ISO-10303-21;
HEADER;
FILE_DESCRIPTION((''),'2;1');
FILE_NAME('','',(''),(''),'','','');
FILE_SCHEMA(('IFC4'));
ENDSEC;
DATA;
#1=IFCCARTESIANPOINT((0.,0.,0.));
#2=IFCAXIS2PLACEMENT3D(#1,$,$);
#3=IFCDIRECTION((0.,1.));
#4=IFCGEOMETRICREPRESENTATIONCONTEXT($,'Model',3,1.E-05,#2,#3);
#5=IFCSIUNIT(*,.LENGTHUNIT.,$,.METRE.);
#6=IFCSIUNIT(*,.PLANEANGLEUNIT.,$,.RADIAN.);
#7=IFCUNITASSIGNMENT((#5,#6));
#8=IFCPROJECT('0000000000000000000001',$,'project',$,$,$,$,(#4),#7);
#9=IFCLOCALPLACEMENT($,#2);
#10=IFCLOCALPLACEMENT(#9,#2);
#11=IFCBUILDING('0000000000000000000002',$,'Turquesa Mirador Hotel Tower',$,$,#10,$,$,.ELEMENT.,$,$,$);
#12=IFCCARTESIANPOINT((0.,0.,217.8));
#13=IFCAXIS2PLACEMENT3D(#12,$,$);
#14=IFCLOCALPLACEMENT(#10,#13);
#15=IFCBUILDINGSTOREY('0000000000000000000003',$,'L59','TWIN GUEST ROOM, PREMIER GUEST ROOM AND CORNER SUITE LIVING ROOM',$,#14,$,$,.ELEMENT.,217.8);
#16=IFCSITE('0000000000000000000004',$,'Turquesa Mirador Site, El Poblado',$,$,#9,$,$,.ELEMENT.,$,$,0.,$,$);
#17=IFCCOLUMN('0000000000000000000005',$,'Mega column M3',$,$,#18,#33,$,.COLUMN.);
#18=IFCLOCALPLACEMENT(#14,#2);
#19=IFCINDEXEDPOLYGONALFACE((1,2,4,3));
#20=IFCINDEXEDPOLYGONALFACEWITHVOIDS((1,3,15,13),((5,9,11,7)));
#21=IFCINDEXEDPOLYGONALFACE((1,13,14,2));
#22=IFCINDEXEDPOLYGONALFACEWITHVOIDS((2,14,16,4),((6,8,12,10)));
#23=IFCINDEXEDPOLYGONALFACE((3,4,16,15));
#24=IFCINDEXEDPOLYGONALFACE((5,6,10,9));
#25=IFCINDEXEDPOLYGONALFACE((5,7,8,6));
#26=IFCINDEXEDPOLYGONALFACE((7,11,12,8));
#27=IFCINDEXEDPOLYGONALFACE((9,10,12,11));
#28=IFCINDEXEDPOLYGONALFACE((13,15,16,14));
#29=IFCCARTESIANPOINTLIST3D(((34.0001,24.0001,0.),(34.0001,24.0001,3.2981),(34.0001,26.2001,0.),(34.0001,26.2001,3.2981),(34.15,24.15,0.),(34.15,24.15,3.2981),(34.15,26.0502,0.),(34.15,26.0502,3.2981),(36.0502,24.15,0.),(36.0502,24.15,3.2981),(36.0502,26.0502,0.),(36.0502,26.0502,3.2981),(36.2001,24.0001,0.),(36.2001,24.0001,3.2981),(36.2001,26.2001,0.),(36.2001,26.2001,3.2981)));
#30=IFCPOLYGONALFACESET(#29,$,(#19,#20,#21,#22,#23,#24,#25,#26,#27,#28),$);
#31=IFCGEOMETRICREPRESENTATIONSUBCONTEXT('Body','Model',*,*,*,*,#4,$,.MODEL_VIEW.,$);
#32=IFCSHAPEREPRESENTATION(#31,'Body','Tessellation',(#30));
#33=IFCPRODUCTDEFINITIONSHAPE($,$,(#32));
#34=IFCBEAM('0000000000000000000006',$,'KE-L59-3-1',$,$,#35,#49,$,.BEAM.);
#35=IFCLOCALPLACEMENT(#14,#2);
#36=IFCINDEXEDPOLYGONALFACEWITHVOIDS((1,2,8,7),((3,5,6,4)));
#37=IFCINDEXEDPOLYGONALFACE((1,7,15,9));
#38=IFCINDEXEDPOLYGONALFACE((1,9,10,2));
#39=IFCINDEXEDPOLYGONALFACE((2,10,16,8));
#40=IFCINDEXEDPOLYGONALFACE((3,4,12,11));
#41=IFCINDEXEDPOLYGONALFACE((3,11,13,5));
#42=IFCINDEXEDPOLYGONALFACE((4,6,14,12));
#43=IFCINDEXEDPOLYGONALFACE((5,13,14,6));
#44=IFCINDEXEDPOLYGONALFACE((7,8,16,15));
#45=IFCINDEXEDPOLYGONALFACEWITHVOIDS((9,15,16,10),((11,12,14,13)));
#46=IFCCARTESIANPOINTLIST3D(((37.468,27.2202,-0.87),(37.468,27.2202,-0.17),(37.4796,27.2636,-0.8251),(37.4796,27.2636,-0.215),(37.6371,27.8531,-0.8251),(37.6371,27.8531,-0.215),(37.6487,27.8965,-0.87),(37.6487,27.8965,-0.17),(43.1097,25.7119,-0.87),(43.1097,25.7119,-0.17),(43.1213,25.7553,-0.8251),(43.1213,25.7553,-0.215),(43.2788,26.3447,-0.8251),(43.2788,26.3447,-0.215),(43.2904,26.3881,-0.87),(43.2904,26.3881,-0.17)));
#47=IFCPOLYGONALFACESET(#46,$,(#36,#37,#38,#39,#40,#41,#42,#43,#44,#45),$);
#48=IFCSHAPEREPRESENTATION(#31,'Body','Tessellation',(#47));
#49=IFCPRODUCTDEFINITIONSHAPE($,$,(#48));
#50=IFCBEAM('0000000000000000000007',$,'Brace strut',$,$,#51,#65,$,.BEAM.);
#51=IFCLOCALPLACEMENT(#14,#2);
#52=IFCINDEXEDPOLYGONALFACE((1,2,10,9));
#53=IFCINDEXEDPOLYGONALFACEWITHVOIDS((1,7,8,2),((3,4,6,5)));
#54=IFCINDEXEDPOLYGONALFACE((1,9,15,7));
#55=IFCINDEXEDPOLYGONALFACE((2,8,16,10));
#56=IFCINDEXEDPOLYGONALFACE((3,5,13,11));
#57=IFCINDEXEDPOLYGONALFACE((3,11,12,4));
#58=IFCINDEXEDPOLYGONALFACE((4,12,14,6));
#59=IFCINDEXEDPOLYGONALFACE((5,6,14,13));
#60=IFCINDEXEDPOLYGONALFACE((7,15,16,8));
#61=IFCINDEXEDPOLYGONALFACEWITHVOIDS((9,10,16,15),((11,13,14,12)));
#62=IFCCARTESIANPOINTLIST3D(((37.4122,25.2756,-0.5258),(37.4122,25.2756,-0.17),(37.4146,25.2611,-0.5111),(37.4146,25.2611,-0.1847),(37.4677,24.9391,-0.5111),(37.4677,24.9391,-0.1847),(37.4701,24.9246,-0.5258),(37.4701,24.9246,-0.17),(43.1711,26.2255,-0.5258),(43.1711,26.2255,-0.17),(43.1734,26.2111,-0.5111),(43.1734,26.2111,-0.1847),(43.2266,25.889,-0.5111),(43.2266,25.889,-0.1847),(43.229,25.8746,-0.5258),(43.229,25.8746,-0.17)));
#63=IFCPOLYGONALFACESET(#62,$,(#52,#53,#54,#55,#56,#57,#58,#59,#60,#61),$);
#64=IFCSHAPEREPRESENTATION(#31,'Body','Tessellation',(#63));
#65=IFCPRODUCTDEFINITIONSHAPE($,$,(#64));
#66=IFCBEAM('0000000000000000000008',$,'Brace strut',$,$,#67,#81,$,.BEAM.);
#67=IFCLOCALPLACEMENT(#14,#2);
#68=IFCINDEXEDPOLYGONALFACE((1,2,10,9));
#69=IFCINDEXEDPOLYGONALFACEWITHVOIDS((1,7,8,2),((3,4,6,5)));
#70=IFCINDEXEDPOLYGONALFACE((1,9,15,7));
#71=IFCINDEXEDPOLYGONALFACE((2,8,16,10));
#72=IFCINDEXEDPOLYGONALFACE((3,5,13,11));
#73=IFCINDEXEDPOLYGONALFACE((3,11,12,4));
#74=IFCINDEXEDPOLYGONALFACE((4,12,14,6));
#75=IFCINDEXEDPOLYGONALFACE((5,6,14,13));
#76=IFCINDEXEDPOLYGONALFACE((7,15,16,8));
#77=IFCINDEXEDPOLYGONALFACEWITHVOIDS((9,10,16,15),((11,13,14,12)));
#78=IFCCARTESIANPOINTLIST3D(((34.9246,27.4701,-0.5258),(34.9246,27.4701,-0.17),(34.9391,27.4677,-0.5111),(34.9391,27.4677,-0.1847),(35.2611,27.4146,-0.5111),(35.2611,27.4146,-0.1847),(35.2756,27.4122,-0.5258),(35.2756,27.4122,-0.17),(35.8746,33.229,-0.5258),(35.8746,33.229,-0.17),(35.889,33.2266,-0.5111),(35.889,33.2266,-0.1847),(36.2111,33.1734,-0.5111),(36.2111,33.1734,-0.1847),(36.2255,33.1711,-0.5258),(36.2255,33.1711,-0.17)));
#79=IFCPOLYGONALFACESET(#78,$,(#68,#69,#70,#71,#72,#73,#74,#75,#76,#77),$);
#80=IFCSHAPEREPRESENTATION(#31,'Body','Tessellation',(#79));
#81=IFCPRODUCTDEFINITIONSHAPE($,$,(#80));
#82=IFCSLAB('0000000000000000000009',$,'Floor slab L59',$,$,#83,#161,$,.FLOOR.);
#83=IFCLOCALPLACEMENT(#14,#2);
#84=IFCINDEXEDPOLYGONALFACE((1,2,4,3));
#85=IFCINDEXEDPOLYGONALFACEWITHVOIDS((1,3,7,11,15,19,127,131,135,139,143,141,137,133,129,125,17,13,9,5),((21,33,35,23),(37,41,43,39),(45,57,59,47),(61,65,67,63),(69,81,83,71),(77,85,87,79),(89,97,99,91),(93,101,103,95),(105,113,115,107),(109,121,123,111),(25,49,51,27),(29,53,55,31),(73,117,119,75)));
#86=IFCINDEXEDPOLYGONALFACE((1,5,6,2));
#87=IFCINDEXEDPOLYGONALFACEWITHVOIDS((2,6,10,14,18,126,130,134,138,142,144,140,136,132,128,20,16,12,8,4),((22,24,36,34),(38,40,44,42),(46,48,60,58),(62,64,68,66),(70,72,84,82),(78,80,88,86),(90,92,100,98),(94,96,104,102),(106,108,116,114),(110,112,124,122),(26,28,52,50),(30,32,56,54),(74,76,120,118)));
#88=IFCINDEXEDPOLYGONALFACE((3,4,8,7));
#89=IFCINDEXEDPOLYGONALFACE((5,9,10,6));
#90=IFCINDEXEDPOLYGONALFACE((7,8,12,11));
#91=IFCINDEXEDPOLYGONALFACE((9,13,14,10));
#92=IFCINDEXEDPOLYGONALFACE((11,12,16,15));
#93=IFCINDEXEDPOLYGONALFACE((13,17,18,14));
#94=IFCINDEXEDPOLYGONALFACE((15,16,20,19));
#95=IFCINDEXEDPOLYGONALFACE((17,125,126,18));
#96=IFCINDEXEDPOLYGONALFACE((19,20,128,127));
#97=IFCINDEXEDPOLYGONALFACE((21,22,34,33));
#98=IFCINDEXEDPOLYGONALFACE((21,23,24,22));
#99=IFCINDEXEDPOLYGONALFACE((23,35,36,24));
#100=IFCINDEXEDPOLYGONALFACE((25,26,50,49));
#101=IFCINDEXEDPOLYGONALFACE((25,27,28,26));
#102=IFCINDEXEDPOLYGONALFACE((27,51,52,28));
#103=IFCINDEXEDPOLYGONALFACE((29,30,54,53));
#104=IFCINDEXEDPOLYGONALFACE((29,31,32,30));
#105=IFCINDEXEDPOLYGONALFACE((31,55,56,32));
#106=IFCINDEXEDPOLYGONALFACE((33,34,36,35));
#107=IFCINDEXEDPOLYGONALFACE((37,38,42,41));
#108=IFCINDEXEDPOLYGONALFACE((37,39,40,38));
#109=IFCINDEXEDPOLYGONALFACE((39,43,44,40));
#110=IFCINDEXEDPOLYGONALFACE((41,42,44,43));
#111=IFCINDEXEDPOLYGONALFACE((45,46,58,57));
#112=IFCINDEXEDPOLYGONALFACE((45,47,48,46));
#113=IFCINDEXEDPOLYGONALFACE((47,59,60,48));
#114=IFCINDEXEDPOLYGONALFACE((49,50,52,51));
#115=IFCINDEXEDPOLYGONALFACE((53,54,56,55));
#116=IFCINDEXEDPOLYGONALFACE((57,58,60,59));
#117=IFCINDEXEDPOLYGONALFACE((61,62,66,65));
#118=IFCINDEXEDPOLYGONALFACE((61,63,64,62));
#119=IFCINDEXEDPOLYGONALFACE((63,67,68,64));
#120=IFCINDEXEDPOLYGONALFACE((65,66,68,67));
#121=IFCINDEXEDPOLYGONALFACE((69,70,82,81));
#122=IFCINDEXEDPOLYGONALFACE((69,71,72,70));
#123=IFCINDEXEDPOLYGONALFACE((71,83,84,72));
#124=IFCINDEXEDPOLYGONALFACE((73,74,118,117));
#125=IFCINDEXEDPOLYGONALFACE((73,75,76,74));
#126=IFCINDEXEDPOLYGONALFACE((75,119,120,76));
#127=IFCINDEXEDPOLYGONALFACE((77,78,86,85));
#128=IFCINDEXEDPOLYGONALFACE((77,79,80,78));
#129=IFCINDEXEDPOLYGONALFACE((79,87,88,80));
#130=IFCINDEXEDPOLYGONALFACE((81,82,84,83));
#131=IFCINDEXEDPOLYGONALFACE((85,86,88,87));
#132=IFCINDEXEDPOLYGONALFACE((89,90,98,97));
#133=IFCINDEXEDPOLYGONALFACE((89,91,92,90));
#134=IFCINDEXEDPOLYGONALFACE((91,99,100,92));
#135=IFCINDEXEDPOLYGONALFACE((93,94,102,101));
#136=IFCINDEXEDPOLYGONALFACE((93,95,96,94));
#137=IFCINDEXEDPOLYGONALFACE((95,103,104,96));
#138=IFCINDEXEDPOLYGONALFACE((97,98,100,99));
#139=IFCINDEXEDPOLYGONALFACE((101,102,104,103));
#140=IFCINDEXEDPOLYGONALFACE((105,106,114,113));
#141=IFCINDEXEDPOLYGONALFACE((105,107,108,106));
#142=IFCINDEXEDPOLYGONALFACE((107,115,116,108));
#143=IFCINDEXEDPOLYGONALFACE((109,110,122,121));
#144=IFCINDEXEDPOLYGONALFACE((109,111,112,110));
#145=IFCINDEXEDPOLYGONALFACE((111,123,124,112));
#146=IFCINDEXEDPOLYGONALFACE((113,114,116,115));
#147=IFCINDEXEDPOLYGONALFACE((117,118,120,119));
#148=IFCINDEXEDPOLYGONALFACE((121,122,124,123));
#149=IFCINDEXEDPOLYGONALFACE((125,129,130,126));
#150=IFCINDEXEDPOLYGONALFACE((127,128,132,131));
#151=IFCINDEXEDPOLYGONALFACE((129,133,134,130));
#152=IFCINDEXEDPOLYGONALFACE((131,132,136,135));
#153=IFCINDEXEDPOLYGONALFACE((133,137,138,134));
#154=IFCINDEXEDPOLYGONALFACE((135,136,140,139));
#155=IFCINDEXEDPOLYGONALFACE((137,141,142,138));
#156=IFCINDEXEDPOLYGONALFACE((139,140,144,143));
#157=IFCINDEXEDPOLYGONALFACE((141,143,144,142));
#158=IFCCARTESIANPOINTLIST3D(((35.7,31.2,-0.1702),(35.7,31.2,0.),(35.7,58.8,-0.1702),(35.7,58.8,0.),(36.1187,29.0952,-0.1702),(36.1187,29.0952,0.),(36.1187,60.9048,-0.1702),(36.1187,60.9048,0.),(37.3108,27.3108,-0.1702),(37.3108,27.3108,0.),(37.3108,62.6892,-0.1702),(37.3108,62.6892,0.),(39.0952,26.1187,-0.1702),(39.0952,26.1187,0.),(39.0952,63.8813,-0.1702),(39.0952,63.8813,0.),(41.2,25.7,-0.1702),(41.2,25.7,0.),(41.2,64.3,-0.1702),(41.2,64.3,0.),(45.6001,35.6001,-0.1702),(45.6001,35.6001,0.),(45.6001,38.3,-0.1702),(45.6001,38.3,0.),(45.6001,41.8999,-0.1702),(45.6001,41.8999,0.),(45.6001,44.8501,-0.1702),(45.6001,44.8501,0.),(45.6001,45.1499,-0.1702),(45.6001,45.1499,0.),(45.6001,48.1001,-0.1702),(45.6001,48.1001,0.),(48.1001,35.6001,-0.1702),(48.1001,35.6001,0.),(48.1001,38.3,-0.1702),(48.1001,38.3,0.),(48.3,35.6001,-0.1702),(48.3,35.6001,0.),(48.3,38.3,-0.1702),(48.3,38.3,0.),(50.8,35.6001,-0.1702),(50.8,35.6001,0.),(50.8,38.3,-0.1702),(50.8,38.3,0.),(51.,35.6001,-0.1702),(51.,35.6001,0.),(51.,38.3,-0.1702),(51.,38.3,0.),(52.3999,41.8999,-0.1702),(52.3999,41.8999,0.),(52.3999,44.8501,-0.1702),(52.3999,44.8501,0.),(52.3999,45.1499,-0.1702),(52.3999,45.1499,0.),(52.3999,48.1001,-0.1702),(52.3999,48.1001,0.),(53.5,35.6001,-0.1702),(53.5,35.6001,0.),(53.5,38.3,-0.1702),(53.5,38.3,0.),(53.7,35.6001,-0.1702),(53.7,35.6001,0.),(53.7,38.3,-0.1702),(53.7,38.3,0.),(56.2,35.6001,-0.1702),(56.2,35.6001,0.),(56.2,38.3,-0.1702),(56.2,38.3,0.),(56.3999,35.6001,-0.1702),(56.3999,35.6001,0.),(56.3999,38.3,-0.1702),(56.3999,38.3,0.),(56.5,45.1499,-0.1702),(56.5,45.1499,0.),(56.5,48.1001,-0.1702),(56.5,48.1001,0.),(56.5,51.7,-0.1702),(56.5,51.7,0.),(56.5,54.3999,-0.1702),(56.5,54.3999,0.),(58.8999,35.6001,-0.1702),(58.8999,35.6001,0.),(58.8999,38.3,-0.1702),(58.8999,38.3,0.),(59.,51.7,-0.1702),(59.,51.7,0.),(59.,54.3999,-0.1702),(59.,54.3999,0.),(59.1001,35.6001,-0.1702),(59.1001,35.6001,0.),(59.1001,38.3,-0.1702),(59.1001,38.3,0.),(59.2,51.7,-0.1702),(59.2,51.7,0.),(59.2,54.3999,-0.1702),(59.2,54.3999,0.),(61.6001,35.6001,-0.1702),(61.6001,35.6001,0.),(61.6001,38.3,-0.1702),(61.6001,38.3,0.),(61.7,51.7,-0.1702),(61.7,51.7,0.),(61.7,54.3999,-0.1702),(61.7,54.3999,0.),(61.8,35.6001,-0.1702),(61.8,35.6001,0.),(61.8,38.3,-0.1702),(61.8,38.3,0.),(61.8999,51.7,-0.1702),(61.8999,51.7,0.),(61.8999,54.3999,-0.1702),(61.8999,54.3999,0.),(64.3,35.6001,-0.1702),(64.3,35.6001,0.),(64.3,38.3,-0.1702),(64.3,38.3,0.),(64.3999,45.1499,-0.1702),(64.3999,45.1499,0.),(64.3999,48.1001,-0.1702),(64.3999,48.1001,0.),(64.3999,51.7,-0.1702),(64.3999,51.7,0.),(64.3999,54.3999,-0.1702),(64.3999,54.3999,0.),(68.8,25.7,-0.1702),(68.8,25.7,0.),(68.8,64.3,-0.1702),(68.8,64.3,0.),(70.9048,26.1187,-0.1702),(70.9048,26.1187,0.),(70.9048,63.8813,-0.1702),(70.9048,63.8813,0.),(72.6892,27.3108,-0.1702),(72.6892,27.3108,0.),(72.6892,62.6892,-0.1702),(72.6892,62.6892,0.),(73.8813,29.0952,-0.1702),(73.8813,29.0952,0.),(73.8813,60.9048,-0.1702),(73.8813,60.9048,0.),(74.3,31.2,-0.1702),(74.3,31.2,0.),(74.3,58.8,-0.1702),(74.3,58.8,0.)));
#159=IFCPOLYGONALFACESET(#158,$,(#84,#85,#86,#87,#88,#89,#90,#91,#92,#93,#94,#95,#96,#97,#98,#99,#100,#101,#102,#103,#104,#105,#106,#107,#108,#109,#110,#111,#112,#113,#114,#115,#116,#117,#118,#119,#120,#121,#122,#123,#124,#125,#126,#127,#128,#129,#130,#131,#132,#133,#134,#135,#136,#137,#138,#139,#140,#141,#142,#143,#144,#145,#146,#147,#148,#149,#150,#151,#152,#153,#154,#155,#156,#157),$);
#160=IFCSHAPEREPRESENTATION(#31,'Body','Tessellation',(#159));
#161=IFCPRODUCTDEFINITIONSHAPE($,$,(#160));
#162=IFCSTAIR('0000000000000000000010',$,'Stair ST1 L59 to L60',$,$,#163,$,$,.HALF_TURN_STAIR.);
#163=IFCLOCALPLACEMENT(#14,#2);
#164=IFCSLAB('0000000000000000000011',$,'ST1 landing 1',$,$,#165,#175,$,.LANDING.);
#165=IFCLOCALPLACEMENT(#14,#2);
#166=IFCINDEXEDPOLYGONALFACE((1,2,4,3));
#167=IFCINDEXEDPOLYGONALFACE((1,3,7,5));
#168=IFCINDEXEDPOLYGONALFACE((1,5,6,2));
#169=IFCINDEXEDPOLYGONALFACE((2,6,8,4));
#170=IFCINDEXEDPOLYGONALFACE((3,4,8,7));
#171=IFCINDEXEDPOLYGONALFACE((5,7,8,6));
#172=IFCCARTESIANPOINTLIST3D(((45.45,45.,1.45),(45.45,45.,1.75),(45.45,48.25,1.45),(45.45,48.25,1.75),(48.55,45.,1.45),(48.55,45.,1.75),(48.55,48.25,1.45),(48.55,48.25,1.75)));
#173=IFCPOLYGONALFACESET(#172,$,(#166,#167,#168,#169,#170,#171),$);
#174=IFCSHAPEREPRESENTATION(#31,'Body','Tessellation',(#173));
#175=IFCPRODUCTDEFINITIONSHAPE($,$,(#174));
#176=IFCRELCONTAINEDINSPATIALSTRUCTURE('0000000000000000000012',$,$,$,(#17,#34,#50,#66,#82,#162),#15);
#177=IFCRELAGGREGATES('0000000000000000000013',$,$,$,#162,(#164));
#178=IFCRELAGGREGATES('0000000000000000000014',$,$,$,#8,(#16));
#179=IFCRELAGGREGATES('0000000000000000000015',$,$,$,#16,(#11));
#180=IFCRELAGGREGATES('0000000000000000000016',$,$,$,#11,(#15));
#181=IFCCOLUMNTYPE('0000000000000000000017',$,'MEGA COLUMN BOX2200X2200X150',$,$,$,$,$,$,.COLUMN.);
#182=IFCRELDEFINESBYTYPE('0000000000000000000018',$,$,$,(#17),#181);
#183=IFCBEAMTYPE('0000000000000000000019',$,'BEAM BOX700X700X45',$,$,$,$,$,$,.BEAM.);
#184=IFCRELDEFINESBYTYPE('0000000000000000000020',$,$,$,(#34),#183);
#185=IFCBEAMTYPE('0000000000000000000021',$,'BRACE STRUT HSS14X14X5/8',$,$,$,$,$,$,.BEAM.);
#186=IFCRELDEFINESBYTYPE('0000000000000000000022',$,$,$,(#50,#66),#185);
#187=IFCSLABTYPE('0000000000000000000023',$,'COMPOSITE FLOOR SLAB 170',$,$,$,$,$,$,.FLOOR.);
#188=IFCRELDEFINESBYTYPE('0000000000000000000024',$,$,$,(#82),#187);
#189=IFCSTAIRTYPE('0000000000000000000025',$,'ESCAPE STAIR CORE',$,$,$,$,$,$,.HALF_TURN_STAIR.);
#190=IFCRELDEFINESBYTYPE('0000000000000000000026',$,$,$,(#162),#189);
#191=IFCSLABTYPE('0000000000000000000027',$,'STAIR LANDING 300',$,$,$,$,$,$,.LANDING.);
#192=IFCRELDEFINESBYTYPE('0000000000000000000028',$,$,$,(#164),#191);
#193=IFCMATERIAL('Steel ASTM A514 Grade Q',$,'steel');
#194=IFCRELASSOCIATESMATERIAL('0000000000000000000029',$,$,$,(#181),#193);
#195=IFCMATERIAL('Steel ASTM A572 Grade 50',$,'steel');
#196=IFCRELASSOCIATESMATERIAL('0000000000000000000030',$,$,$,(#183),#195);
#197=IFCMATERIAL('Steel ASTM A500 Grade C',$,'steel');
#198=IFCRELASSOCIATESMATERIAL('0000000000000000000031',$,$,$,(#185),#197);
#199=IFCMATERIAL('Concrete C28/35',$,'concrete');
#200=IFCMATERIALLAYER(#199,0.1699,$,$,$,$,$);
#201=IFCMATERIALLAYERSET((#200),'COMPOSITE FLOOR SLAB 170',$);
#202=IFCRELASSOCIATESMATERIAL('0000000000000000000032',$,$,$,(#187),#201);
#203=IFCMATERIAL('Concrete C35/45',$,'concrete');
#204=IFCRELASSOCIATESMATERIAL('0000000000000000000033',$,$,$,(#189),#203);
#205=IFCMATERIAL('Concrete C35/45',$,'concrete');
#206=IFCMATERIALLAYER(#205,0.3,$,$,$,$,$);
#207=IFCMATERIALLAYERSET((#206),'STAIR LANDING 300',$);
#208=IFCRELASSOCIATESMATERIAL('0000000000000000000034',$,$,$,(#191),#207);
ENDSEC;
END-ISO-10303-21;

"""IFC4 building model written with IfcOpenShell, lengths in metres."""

from ifc_helpers import new_model, si_unit, direction, frame, origin, origin_2d, place, context, subcontext, project, spatial, polyline, hollow_rectangle, outline, extrude, clip, halfspace, material, layer, layer_set, material_profile, profile_set, type_object, element, aggregate, save


model = new_model("IFC4")

# Units and contexts
model_context = context("Model", 3, precision=1e-05, world=origin(), true_north=direction((0.0, 1.0)))
body_context = subcontext(model_context, "Body", "Model", "MODEL_VIEW")
ifc_project = project(units=[si_unit("LENGTHUNIT", "METRE"), si_unit("PLANEANGLEUNIT", "RADIAN")], contexts=[model_context])

# Site, building, storey
site_placement = place(None, origin())
site = spatial("IfcSite", under=ifc_project, at=site_placement, Name="Turquesa Mirador Site, El Poblado", CompositionType="ELEMENT", RefElevation=0.0)
building_placement = place(site_placement, origin())
building = spatial("IfcBuilding", under=site, at=building_placement, Name="Turquesa Mirador Hotel Tower", CompositionType="ELEMENT")
storey_placement = place(building_placement, frame((0.0, 0.0, 217.8)))
storey = spatial("IfcBuildingStorey", under=building, at=storey_placement, Name="L59", Description="TWIN GUEST ROOM, PREMIER GUEST ROOM AND CORNER SUITE LIVING ROOM", CompositionType="ELEMENT", Elevation=217.8)

# Column
ifc_material_1 = material(Name="Steel ASTM A514 Grade Q", Category="steel")
ifc_material_profile_1 = material_profile(ifc_material_1, hollow_rectangle(XDim=2.2, YDim=2.2, WallThickness=0.1499, at=origin_2d()), Name="BOX2200X2200X150")
ifc_profile_set_1 = profile_set([ifc_material_profile_1], Name="Steel ASTM A514 Grade Q")
column_type = type_object("IfcColumnType", Name="MEGA COLUMN BOX2200X2200X150", PredefinedType="COLUMN", material=ifc_profile_set_1)
column_placement = place(storey_placement, frame((35.1001, 25.1001, 0.0), z_axis=(0.0, 0.0, 1.0), x_axis=(1.0, 0.0, 0.0)))
element("IfcColumn", 1, at=column_placement, inside=storey, type_object=column_type, Name="Mega column M3", PredefinedType="COLUMN", context=body_context, shape_type="Clipping", body=[
    clip(extrude(hollow_rectangle(XDim=2.2, YDim=2.2, WallThickness=0.1499, at=origin_2d()), origin(), (0.0, 0.0, 1.0), 3.5), halfspace(frame((0.0, 0.0, 3.2981), z_axis=(0.0, 0.0, 1.0), x_axis=(1.0, 0.0, 0.0)), False)),
])

# Beams
ifc_material_2 = material(Name="Steel ASTM A572 Grade 50", Category="steel")
ifc_material_profile_2 = material_profile(ifc_material_2, hollow_rectangle(XDim=0.7, YDim=0.7, WallThickness=0.0449, at=origin_2d()), Name="BOX700X700X45")
ifc_profile_set_2 = profile_set([ifc_material_profile_2], Name="Steel ASTM A572 Grade 50")
beam_type_1 = type_object("IfcBeamType", Name="BEAM BOX700X700X45", PredefinedType="BEAM", material=ifc_profile_set_2)
beam_placement = place(storey_placement, frame((37.5583, 27.5583, -0.52), z_axis=(0.96607, -0.258282, 0.0), x_axis=(0.258282, 0.96607, 0.0)))
element("IfcBeam", 2, at=beam_placement, inside=storey, type_object=beam_type_1, Name="KE-L59-3-1", PredefinedType="BEAM", context=body_context, shape_type="SweptSolid", body=[
    extrude(hollow_rectangle(XDim=0.7, YDim=0.7, WallThickness=0.0449, at=origin_2d()), origin(), (0.0, 0.0, 1.0), 5.8398),
])
ifc_material_3 = material(Name="Steel ASTM A500 Grade C", Category="steel")
ifc_material_profile_3 = material_profile(ifc_material_3, hollow_rectangle(XDim=0.3557, YDim=0.3557, WallThickness=0.0146, at=origin_2d()), Name="HSS14X14X5/8")
ifc_profile_set_3 = profile_set([ifc_material_profile_3], Name="Steel ASTM A500 Grade C")
beam_type_2 = type_object("IfcBeamType", Name="BRACE STRUT HSS14X14X5/8", PredefinedType="BEAM", material=ifc_profile_set_3)
for number, where, z_axis, x_axis, name in (
    (3, (37.4412, 25.1001, -0.3479), (0.986666, 0.162757, 0.0), (-0.162757, 0.986666, 0.0), "Brace strut"),
    (4, (35.1001, 27.4412, -0.3479), (0.162757, 0.986666, 0.0), (-0.986666, 0.162757, 0.0), "Brace strut"),
):
    element("IfcBeam", number, at=place(storey_placement, frame(where, z_axis=z_axis, x_axis=x_axis)), inside=storey, type_object=beam_type_2, Name=name, PredefinedType="BEAM", context=body_context, shape_type="SweptSolid", body=[
        extrude(hollow_rectangle(XDim=0.3557, YDim=0.3557, WallThickness=0.0146, at=origin_2d()), origin(), (0.0, 0.0, 1.0), 5.8367),
    ])

# Slab
ifc_material_4 = material(Name="Concrete C28/35", Category="concrete")
ifc_layer_1 = layer(ifc_material_4, 0.1699)
ifc_layer_set_1 = layer_set([ifc_layer_1], Name="COMPOSITE FLOOR SLAB 170")
slab_type_1 = type_object("IfcSlabType", Name="COMPOSITE FLOOR SLAB 170", PredefinedType="FLOOR", material=ifc_layer_set_1)
slab_1_placement = place(storey_placement, frame((0.0, 0.0, -0.1702)))
element("IfcSlab", 5, at=slab_1_placement, inside=storey, type_object=slab_type_1, Name="Floor slab L59", PredefinedType="FLOOR", context=body_context, shape_type="SweptSolid", body=[
    extrude(outline(polyline([(68.8, 25.7), (70.9048, 26.1187), (72.6892, 27.3108), (73.8813, 29.0952), (74.3, 31.2), (74.3, 58.8), (73.8813, 60.9048), (72.6892, 62.6892), (70.9048, 63.8813), (68.8, 64.3), (41.2, 64.3), (39.0952, 63.8813), (37.3108, 62.6892), (36.1187, 60.9048), (35.7, 58.8), (35.7, 31.2), (36.1187, 29.0952), (37.3108, 27.3108), (39.0952, 26.1187), (41.2, 25.7), (68.8, 25.7)]), holes=[polyline([(56.5, 51.7), (59.0, 51.7), (59.0, 54.3999), (56.5, 54.3999), (56.5, 51.7)]), polyline([(59.2, 51.7), (61.7, 51.7), (61.7, 54.3999), (59.2, 54.3999), (59.2, 51.7)]), polyline([(45.6001, 35.6001), (48.1001, 35.6001), (48.1001, 38.3), (45.6001, 38.3), (45.6001, 35.6001)]), polyline([(48.3, 35.6001), (50.8, 35.6001), (50.8, 38.3), (48.3, 38.3), (48.3, 35.6001)]), polyline([(51.0, 35.6001), (53.5, 35.6001), (53.5, 38.3), (51.0, 38.3), (51.0, 35.6001)]), polyline([(53.7, 35.6001), (56.2, 35.6001), (56.2, 38.3), (53.7, 38.3), (53.7, 35.6001)]), polyline([(56.3999, 35.6001), (58.8999, 35.6001), (58.8999, 38.3), (56.3999, 38.3), (56.3999, 35.6001)]), polyline([(59.1001, 35.6001), (61.6001, 35.6001), (61.6001, 38.3), (59.1001, 38.3), (59.1001, 35.6001)]), polyline([(61.8, 35.6001), (64.3, 35.6001), (64.3, 38.3), (61.8, 38.3), (61.8, 35.6001)]), polyline([(45.6001, 45.1499), (52.3999, 45.1499), (52.3999, 48.1001), (45.6001, 48.1001), (45.6001, 45.1499)]), polyline([(45.6001, 41.8999), (52.3999, 41.8999), (52.3999, 44.8501), (45.6001, 44.8501), (45.6001, 41.8999)]), polyline([(56.5, 45.1499), (64.3999, 45.1499), (64.3999, 48.1001), (56.5, 48.1001), (56.5, 45.1499)]), polyline([(61.8999, 51.7), (64.3999, 51.7), (64.3999, 54.3999), (61.8999, 54.3999), (61.8999, 51.7)])]), origin(), (0.0, 0.0, 1.0), 0.1702),
])

# Stair, slab
ifc_material_5 = material(Name="Concrete C35/45", Category="concrete")
stair_type = type_object("IfcStairType", Name="ESCAPE STAIR CORE", PredefinedType="HALF_TURN_STAIR", material=ifc_material_5)
stair_1_placement = place(storey_placement, origin())
stair_1 = element("IfcStair", 6, at=stair_1_placement, inside=storey, type_object=stair_type, Name="Stair ST1 L59 to L60", PredefinedType="HALF_TURN_STAIR")
ifc_material_6 = material(Name="Concrete C35/45", Category="concrete")
ifc_layer_2 = layer(ifc_material_6, 0.3)
ifc_layer_set_2 = layer_set([ifc_layer_2], Name="STAIR LANDING 300")
slab_type_2 = type_object("IfcSlabType", Name="STAIR LANDING 300", PredefinedType="LANDING", material=ifc_layer_set_2)
slab_2_placement = place(storey_placement, frame((0.0, 0.0, 1.45)))
slab_2 = element("IfcSlab", 7, at=slab_2_placement, type_object=slab_type_2, Name="ST1 landing 1", PredefinedType="LANDING", context=body_context, shape_type="SweptSolid", body=[
    extrude(outline(polyline([(45.45, 45.0), (48.55, 45.0), (48.55, 48.25), (45.45, 48.25), (45.45, 45.0)])), origin(), (0.0, 0.0, 1.0), 0.3),
])
aggregate(stair_1, [slab_2])

save(model, "model.ifc")
